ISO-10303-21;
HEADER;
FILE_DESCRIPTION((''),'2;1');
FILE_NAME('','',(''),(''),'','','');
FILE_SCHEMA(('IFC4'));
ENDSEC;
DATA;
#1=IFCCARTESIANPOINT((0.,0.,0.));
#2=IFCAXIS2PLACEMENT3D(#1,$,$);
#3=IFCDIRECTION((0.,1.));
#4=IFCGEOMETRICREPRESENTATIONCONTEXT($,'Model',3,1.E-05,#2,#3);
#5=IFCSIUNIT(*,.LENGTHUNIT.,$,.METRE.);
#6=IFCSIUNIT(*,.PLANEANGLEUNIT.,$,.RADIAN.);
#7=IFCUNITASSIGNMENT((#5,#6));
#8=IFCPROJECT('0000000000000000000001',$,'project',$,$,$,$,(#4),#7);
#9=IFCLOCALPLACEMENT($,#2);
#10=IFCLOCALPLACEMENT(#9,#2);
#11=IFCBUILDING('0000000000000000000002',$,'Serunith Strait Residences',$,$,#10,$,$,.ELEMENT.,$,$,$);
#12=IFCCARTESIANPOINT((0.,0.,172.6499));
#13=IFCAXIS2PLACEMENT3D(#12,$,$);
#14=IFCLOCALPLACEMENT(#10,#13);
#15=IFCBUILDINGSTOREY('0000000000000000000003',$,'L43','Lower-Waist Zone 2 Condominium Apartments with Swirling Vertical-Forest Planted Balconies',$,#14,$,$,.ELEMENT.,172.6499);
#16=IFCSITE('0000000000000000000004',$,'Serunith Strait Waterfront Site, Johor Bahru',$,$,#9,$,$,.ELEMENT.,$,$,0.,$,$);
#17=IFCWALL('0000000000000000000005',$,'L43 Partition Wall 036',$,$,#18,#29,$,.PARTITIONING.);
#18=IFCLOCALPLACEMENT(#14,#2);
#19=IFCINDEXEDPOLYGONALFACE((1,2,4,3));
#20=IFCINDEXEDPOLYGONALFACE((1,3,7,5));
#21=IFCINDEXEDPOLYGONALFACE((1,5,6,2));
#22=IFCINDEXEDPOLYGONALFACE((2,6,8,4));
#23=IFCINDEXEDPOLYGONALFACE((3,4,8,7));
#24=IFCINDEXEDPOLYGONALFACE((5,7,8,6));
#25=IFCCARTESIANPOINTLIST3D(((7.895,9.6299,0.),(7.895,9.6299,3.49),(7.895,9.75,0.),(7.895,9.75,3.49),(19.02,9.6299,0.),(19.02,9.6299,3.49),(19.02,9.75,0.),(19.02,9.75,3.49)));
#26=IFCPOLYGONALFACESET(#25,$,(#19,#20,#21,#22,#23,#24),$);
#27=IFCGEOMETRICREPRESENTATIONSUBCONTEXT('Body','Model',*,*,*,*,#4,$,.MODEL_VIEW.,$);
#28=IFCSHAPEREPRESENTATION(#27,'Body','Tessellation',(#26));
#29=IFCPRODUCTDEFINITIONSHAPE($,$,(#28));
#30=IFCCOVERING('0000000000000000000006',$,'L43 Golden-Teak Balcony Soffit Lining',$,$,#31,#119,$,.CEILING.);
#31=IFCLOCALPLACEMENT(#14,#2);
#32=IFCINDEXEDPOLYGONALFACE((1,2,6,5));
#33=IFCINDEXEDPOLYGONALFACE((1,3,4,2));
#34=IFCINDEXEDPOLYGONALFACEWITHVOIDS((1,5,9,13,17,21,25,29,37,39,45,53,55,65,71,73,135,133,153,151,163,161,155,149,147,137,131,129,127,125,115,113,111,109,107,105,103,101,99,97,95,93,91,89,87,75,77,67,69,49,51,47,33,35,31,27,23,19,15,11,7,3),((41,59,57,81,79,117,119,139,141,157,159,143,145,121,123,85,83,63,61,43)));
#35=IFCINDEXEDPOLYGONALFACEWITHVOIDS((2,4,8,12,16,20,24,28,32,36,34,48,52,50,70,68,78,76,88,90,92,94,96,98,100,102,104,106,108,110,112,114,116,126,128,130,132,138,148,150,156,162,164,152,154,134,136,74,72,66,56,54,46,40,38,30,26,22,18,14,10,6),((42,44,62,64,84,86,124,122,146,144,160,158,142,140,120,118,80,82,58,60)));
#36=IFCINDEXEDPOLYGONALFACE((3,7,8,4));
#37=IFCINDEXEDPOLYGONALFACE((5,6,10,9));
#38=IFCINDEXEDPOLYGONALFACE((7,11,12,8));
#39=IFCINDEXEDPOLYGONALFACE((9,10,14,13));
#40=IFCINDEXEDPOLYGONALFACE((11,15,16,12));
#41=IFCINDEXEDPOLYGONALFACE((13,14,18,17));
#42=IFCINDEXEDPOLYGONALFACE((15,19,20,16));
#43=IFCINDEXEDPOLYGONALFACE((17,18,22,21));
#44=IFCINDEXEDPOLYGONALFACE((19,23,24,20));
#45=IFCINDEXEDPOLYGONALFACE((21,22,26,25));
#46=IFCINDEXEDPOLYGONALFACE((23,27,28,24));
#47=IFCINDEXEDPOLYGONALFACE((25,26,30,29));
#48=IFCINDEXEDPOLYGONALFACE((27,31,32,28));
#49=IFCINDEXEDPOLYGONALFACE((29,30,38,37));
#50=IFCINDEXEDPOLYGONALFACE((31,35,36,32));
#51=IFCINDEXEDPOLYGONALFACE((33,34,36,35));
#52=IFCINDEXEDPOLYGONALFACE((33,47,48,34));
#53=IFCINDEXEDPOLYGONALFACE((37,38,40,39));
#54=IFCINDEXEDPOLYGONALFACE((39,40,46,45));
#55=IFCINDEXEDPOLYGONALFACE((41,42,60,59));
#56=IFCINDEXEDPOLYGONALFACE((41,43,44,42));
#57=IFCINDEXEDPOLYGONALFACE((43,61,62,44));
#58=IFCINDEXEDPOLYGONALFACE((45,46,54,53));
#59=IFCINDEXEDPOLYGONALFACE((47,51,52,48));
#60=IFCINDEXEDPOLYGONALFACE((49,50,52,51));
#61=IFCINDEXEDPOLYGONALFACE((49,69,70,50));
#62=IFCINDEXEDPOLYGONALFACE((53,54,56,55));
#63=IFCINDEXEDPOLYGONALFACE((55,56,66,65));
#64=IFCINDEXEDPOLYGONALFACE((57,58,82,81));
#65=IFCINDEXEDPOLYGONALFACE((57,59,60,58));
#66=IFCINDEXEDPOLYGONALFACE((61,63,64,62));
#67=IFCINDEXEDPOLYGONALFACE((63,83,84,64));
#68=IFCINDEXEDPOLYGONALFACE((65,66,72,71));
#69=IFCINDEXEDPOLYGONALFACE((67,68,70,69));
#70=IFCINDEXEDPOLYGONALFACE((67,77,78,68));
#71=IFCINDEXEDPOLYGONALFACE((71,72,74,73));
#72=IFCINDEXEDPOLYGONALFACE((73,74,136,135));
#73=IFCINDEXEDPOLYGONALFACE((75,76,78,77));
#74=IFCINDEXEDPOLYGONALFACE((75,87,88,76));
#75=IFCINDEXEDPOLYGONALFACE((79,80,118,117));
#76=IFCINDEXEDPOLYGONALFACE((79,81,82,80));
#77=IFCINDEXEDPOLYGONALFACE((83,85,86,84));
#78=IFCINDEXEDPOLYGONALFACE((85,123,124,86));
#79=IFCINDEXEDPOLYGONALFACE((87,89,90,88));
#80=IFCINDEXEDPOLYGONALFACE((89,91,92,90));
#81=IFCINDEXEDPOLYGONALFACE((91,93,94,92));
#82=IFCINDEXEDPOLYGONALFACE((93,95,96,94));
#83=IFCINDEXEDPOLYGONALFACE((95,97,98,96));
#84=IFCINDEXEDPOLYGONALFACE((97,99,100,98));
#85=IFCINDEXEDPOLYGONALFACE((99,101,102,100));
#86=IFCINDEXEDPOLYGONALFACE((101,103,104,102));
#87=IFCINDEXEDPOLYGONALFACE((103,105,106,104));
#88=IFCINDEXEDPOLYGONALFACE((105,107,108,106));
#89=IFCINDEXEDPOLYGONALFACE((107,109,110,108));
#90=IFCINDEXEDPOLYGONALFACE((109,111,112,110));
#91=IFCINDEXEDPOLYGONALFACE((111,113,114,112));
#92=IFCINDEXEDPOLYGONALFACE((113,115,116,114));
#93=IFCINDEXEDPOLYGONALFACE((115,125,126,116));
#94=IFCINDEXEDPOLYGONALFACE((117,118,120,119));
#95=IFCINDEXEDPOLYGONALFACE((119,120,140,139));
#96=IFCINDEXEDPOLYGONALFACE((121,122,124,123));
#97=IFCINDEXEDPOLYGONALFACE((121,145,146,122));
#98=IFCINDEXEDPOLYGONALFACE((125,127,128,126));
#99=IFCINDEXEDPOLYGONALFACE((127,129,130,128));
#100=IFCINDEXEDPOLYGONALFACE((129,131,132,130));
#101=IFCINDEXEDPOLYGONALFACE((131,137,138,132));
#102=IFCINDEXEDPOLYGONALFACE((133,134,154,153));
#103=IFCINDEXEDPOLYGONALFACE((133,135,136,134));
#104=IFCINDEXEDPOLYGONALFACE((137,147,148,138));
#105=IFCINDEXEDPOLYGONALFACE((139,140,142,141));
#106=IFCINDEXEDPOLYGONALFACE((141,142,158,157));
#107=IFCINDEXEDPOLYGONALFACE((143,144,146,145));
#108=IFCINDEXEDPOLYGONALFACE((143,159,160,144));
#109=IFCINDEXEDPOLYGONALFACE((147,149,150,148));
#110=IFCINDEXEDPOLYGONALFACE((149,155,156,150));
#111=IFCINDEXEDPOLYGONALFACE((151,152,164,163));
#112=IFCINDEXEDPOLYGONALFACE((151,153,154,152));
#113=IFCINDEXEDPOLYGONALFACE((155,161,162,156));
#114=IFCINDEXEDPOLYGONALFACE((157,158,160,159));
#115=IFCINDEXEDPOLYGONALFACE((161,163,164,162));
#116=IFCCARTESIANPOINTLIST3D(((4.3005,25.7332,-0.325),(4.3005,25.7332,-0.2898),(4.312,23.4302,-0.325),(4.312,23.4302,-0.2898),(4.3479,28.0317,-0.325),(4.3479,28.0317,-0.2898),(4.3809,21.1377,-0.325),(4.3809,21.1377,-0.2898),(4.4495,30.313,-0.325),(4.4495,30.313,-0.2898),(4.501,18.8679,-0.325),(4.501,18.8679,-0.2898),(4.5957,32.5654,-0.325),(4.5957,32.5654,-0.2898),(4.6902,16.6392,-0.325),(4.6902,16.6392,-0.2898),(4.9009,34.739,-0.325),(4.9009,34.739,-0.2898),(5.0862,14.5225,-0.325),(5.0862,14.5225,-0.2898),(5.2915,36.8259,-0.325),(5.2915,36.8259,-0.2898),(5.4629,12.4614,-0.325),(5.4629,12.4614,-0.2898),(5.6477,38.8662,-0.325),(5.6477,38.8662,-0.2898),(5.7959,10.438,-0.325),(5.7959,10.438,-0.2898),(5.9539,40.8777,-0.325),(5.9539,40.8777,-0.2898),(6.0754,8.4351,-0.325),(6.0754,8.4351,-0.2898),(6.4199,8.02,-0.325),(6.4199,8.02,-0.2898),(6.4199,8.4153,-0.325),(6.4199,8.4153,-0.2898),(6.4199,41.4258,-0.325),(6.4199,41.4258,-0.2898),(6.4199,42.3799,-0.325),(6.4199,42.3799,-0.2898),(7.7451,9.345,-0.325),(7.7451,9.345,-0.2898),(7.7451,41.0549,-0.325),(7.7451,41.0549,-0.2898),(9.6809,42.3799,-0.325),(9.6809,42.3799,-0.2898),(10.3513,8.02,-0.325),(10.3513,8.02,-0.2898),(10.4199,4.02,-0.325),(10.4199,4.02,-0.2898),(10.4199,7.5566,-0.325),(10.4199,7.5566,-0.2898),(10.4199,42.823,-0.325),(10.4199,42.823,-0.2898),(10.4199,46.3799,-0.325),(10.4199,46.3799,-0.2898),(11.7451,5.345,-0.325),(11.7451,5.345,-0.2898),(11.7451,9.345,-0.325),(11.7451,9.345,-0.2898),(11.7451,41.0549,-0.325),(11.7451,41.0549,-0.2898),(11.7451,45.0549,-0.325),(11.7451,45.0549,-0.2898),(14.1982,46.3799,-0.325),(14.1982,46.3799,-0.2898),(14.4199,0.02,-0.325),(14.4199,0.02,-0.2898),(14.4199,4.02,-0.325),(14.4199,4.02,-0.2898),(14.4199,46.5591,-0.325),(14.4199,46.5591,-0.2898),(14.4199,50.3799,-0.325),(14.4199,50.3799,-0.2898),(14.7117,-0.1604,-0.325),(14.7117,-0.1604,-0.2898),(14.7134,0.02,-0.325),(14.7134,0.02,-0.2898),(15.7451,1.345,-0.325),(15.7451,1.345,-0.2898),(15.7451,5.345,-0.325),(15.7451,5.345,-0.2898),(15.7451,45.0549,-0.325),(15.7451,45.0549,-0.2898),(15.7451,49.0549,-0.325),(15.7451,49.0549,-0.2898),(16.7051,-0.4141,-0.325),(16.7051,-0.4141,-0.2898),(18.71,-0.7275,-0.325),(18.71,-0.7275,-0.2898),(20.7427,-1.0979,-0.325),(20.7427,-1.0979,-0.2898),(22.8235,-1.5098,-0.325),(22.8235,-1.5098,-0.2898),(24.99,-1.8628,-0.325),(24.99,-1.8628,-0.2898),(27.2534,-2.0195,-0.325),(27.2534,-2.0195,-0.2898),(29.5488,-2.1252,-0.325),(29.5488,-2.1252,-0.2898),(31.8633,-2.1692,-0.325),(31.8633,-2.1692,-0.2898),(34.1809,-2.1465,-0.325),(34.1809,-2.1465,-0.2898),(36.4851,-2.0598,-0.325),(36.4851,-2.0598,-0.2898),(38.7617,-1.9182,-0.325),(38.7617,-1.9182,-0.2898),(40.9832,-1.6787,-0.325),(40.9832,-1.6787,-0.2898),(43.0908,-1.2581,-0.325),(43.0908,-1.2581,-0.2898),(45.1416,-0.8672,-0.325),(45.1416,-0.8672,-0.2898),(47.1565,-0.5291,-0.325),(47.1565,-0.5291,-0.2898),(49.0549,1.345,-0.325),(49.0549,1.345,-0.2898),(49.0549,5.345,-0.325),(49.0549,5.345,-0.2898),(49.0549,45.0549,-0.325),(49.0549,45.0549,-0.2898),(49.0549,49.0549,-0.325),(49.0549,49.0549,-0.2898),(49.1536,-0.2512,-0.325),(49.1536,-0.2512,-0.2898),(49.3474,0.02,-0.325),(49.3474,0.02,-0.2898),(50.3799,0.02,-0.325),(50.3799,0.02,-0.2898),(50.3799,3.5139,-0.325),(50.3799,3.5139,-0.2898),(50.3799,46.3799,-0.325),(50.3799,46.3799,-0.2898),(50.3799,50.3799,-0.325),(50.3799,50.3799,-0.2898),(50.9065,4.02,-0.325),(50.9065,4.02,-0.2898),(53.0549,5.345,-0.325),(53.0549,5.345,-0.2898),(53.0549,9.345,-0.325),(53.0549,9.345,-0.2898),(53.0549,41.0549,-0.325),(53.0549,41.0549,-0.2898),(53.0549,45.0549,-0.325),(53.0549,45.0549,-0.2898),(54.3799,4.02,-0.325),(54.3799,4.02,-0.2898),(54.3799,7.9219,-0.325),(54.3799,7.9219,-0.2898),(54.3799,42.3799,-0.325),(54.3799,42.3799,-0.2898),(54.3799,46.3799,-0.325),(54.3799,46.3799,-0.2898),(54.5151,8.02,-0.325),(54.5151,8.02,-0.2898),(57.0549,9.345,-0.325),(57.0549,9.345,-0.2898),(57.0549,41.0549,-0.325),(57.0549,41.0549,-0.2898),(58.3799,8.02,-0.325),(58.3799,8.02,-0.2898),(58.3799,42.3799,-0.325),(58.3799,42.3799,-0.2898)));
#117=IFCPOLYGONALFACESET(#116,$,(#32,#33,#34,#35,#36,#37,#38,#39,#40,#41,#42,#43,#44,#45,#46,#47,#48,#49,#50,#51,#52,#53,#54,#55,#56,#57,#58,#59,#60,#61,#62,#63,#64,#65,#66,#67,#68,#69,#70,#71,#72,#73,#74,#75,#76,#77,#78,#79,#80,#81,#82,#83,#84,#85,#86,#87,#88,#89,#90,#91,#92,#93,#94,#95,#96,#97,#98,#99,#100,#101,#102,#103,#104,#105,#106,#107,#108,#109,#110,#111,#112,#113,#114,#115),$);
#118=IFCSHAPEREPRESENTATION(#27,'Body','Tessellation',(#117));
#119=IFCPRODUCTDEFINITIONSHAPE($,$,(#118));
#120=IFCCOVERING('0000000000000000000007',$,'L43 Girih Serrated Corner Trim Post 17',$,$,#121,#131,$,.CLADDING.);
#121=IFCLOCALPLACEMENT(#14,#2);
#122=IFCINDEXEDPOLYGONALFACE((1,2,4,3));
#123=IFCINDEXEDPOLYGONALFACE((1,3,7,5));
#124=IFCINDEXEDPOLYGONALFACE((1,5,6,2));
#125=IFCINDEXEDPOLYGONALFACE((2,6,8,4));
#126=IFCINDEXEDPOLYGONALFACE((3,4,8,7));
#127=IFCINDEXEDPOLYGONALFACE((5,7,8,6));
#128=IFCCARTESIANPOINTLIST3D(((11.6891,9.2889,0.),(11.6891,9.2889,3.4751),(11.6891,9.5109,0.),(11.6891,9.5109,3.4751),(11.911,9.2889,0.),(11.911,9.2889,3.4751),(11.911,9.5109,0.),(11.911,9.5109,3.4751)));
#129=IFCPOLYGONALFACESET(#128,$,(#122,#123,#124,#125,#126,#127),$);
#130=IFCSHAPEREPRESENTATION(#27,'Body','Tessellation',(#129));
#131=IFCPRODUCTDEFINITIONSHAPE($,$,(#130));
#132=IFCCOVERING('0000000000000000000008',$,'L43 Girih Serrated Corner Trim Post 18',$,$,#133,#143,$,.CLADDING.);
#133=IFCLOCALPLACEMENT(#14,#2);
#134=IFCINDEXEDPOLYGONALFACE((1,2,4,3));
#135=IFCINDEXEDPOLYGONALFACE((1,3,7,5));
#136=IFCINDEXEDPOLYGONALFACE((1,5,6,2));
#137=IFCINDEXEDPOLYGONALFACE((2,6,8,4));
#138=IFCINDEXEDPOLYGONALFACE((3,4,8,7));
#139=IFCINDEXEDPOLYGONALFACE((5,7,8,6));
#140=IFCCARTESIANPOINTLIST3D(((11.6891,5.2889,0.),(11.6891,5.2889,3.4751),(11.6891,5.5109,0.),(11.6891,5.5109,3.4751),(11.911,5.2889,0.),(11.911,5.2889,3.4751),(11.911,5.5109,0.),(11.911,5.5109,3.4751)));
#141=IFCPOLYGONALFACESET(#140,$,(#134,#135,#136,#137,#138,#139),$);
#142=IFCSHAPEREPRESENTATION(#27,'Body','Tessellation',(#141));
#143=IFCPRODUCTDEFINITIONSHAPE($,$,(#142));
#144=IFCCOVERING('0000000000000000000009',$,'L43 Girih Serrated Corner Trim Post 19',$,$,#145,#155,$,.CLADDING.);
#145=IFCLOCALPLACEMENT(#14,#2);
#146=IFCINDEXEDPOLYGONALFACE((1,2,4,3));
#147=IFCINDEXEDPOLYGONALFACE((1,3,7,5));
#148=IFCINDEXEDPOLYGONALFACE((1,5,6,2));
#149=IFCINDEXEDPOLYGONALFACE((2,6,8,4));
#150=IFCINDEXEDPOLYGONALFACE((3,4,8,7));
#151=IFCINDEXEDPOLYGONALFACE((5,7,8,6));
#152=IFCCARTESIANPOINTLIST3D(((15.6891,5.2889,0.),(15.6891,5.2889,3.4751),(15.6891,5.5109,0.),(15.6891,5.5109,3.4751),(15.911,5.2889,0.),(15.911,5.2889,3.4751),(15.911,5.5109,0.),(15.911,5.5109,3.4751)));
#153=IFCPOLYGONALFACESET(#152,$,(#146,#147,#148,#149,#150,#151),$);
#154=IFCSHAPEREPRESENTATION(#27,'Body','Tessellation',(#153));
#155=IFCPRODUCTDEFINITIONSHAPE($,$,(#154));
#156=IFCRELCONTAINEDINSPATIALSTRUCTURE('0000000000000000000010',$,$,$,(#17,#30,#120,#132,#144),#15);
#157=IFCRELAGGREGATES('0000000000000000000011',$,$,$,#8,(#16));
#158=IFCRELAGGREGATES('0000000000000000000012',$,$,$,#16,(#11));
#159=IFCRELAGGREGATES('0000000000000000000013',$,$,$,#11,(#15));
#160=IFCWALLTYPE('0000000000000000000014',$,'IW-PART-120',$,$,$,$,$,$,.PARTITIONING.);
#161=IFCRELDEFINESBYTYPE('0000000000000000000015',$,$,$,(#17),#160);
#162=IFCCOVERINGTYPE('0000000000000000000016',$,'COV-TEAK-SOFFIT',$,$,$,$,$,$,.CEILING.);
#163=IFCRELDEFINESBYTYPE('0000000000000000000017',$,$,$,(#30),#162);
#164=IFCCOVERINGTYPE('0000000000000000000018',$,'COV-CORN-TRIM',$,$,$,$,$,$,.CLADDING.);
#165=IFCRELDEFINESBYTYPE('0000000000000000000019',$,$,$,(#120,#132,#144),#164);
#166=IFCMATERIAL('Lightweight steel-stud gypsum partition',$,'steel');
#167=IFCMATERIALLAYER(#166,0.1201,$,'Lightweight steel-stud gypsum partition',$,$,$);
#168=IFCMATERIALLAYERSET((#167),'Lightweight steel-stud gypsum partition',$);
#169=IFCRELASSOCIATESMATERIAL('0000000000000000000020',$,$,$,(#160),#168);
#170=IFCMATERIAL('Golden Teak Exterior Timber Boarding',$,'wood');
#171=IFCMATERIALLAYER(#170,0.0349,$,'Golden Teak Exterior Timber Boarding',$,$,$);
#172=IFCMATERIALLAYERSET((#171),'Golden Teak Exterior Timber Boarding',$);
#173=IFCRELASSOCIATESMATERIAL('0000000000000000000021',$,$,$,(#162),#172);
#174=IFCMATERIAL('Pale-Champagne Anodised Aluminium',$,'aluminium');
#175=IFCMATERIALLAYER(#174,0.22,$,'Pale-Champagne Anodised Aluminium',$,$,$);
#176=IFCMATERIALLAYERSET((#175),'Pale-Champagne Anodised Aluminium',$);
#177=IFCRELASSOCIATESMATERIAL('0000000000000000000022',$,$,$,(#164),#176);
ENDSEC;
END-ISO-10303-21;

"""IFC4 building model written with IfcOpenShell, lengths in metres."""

from ifc_helpers import new_model, si_unit, direction, frame, frame_2d, origin, origin_2d, place, context, subcontext, project, spatial, polyline, rectangle, outline, extrude, source, transform, mapped, material, layer, layer_set, type_object, element, save


model = new_model("IFC4")

# Units and contexts
model_context = context("Model", 3, precision=1e-05, world=origin(), true_north=direction((0.0, 1.0)))
body_context = subcontext(model_context, "Body", "Model", "MODEL_VIEW")
ifc_project = project(units=[si_unit("LENGTHUNIT", "METRE"), si_unit("PLANEANGLEUNIT", "RADIAN")], contexts=[model_context])

# Site, building, storey
site_placement = place(None, origin())
site = spatial("IfcSite", under=ifc_project, at=site_placement, Name="Serunith Strait Waterfront Site, Johor Bahru", CompositionType="ELEMENT", RefElevation=0.0)
building_placement = place(site_placement, origin())
building = spatial("IfcBuilding", under=site, at=building_placement, Name="Serunith Strait Residences", CompositionType="ELEMENT")
storey_placement = place(building_placement, frame((0.0, 0.0, 172.6499)))
storey = spatial("IfcBuildingStorey", under=building, at=storey_placement, Name="L43", Description="Lower-Waist Zone 2 Condominium Apartments with Swirling Vertical-Forest Planted Balconies", CompositionType="ELEMENT", Elevation=172.6499)

# Shared definitions
ifc_material_1 = material(Name="Pale-Champagne Anodised Aluminium", Category="aluminium")

# Wall
ifc_material_2 = material(Name="Lightweight steel-stud gypsum partition", Category="steel")
ifc_layer_1 = layer(ifc_material_2, 0.1201, Name="Lightweight steel-stud gypsum partition")
ifc_layer_set_1 = layer_set([ifc_layer_1], Name="Lightweight steel-stud gypsum partition")
wall_type_1 = type_object("IfcWallType", Name="IW-PART-120", PredefinedType="PARTITIONING", material=ifc_layer_set_1)
wall_1_placement = place(storey_placement, frame((7.895, 9.6899, 0.0), z_axis=(0.0, 0.0, 1.0), x_axis=(1.0, 0.0, 0.0)))
element("IfcWall", 1, at=wall_1_placement, inside=storey, type_object=wall_type_1, Name="L43 Partition Wall 036", PredefinedType="PARTITIONING", context=body_context, shape_type="SweptSolid", body=[
    extrude(rectangle(XDim=11.125, YDim=0.1201, at=frame_2d((5.5625, 0.0))), origin(), (0.0, 0.0, 1.0), 3.49),
])

# Covering
ifc_material_3 = material(Name="Golden Teak Exterior Timber Boarding", Category="wood")
ifc_layer_2 = layer(ifc_material_3, 0.0349, Name="Golden Teak Exterior Timber Boarding")
ifc_layer_set_2 = layer_set([ifc_layer_2], Name="Golden Teak Exterior Timber Boarding")
covering_type_1 = type_object("IfcCoveringType", Name="COV-TEAK-SOFFIT", PredefinedType="CEILING", material=ifc_layer_set_2)
covering_placement = place(storey_placement, frame((0.0, 0.0, -0.325)))
element("IfcCovering", 2, at=covering_placement, inside=storey, type_object=covering_type_1, Name="L43 Golden-Teak Balcony Soffit Lining", PredefinedType="CEILING", context=body_context, shape_type="SweptSolid", body=[
    extrude(outline(polyline([(14.4199, 0.02), (14.4199, 4.02), (10.4199, 4.02), (10.4199, 7.5566), (10.3513, 8.02), (6.4199, 8.02), (6.4199, 8.4153), (6.0754, 8.4351), (5.7959, 10.438), (5.4629, 12.4614), (5.0862, 14.5225), (4.6902, 16.6392), (4.501, 18.8679), (4.3809, 21.1377), (4.312, 23.4302), (4.3005, 25.7332), (4.3479, 28.0317), (4.4495, 30.313), (4.5957, 32.5654), (4.9009, 34.739), (5.2915, 36.8259), (5.6477, 38.8662), (5.9539, 40.8777), (6.4199, 41.4258), (6.4199, 42.3799), (9.6809, 42.3799), (10.4199, 42.823), (10.4199, 46.3799), (14.1982, 46.3799), (14.4199, 46.5591), (14.4199, 50.3799), (50.3799, 50.3799), (50.3799, 46.3799), (54.3799, 46.3799), (54.3799, 42.3799), (58.3799, 42.3799), (58.3799, 8.02), (54.5151, 8.02), (54.3799, 7.9219), (54.3799, 4.02), (50.9065, 4.02), (50.3799, 3.5139), (50.3799, 0.02), (49.3474, 0.02), (49.1536, -0.2512), (47.1565, -0.5291), (45.1416, -0.8672), (43.0908, -1.2581), (40.9832, -1.6787), (38.7617, -1.9182), (36.4851, -2.0598), (34.1809, -2.1465), (31.8633, -2.1692), (29.5488, -2.1252), (27.2534, -2.0195), (24.99, -1.8628), (22.8235, -1.5098), (20.7427, -1.0979), (18.71, -0.7275), (16.7051, -0.4141), (14.7117, -0.1604), (14.7134, 0.02), (14.4199, 0.02)]), holes=[polyline([(49.0549, 1.345), (49.0549, 5.345), (53.0549, 5.345), (53.0549, 9.345), (57.0549, 9.345), (57.0549, 41.0549), (53.0549, 41.0549), (53.0549, 45.0549), (49.0549, 45.0549), (49.0549, 49.0549), (15.7451, 49.0549), (15.7451, 45.0549), (11.7451, 45.0549), (11.7451, 41.0549), (7.7451, 41.0549), (7.7451, 9.345), (11.7451, 9.345), (11.7451, 5.345), (15.7451, 5.345), (15.7451, 1.345), (49.0549, 1.345)])]), origin(), (0.0, 0.0, 1.0), 0.0352),
])

# Coverings
ifc_layer_3 = layer(ifc_material_1, 0.22, Name="Pale-Champagne Anodised Aluminium")
ifc_layer_set_3 = layer_set([ifc_layer_3], Name="Pale-Champagne Anodised Aluminium")
covering_type_2 = type_object("IfcCoveringType", Name="COV-CORN-TRIM", PredefinedType="CLADDING", material=ifc_layer_set_3)
shared_shape_1 = source(origin(), body_context, "Body", "SweptSolid", [
    extrude(rectangle(XDim=0.2219, YDim=0.2219, at=origin_2d()), origin(), (0.0, 0.0, 1.0), 3.4751),
])
for number, where, z_axis, x_axis, name in (
    (3, (11.8, 9.3999, 0.0), (0.0, 0.0, 1.0), (1.0, 0.0, 0.0), "L43 Girih Serrated Corner Trim Post 17"),
    (4, (11.8, 5.3999, 0.0), (0.0, 0.0, 1.0), (1.0, 0.0, 0.0), "L43 Girih Serrated Corner Trim Post 18"),
    (5, (15.8, 5.3999, 0.0), (0.0, 0.0, 1.0), (1.0, 0.0, 0.0), "L43 Girih Serrated Corner Trim Post 19"),
):
    element("IfcCovering", number, at=place(storey_placement, frame(where, z_axis=z_axis, x_axis=x_axis)), inside=storey, type_object=covering_type_2, Name=name, PredefinedType="CLADDING", context=body_context, shape_type="MappedRepresentation", body=[
        mapped(shared_shape_1, transform((0.0, 0.0, 0.0), scale=1.0)),
    ])

save(model, "model.ifc")
